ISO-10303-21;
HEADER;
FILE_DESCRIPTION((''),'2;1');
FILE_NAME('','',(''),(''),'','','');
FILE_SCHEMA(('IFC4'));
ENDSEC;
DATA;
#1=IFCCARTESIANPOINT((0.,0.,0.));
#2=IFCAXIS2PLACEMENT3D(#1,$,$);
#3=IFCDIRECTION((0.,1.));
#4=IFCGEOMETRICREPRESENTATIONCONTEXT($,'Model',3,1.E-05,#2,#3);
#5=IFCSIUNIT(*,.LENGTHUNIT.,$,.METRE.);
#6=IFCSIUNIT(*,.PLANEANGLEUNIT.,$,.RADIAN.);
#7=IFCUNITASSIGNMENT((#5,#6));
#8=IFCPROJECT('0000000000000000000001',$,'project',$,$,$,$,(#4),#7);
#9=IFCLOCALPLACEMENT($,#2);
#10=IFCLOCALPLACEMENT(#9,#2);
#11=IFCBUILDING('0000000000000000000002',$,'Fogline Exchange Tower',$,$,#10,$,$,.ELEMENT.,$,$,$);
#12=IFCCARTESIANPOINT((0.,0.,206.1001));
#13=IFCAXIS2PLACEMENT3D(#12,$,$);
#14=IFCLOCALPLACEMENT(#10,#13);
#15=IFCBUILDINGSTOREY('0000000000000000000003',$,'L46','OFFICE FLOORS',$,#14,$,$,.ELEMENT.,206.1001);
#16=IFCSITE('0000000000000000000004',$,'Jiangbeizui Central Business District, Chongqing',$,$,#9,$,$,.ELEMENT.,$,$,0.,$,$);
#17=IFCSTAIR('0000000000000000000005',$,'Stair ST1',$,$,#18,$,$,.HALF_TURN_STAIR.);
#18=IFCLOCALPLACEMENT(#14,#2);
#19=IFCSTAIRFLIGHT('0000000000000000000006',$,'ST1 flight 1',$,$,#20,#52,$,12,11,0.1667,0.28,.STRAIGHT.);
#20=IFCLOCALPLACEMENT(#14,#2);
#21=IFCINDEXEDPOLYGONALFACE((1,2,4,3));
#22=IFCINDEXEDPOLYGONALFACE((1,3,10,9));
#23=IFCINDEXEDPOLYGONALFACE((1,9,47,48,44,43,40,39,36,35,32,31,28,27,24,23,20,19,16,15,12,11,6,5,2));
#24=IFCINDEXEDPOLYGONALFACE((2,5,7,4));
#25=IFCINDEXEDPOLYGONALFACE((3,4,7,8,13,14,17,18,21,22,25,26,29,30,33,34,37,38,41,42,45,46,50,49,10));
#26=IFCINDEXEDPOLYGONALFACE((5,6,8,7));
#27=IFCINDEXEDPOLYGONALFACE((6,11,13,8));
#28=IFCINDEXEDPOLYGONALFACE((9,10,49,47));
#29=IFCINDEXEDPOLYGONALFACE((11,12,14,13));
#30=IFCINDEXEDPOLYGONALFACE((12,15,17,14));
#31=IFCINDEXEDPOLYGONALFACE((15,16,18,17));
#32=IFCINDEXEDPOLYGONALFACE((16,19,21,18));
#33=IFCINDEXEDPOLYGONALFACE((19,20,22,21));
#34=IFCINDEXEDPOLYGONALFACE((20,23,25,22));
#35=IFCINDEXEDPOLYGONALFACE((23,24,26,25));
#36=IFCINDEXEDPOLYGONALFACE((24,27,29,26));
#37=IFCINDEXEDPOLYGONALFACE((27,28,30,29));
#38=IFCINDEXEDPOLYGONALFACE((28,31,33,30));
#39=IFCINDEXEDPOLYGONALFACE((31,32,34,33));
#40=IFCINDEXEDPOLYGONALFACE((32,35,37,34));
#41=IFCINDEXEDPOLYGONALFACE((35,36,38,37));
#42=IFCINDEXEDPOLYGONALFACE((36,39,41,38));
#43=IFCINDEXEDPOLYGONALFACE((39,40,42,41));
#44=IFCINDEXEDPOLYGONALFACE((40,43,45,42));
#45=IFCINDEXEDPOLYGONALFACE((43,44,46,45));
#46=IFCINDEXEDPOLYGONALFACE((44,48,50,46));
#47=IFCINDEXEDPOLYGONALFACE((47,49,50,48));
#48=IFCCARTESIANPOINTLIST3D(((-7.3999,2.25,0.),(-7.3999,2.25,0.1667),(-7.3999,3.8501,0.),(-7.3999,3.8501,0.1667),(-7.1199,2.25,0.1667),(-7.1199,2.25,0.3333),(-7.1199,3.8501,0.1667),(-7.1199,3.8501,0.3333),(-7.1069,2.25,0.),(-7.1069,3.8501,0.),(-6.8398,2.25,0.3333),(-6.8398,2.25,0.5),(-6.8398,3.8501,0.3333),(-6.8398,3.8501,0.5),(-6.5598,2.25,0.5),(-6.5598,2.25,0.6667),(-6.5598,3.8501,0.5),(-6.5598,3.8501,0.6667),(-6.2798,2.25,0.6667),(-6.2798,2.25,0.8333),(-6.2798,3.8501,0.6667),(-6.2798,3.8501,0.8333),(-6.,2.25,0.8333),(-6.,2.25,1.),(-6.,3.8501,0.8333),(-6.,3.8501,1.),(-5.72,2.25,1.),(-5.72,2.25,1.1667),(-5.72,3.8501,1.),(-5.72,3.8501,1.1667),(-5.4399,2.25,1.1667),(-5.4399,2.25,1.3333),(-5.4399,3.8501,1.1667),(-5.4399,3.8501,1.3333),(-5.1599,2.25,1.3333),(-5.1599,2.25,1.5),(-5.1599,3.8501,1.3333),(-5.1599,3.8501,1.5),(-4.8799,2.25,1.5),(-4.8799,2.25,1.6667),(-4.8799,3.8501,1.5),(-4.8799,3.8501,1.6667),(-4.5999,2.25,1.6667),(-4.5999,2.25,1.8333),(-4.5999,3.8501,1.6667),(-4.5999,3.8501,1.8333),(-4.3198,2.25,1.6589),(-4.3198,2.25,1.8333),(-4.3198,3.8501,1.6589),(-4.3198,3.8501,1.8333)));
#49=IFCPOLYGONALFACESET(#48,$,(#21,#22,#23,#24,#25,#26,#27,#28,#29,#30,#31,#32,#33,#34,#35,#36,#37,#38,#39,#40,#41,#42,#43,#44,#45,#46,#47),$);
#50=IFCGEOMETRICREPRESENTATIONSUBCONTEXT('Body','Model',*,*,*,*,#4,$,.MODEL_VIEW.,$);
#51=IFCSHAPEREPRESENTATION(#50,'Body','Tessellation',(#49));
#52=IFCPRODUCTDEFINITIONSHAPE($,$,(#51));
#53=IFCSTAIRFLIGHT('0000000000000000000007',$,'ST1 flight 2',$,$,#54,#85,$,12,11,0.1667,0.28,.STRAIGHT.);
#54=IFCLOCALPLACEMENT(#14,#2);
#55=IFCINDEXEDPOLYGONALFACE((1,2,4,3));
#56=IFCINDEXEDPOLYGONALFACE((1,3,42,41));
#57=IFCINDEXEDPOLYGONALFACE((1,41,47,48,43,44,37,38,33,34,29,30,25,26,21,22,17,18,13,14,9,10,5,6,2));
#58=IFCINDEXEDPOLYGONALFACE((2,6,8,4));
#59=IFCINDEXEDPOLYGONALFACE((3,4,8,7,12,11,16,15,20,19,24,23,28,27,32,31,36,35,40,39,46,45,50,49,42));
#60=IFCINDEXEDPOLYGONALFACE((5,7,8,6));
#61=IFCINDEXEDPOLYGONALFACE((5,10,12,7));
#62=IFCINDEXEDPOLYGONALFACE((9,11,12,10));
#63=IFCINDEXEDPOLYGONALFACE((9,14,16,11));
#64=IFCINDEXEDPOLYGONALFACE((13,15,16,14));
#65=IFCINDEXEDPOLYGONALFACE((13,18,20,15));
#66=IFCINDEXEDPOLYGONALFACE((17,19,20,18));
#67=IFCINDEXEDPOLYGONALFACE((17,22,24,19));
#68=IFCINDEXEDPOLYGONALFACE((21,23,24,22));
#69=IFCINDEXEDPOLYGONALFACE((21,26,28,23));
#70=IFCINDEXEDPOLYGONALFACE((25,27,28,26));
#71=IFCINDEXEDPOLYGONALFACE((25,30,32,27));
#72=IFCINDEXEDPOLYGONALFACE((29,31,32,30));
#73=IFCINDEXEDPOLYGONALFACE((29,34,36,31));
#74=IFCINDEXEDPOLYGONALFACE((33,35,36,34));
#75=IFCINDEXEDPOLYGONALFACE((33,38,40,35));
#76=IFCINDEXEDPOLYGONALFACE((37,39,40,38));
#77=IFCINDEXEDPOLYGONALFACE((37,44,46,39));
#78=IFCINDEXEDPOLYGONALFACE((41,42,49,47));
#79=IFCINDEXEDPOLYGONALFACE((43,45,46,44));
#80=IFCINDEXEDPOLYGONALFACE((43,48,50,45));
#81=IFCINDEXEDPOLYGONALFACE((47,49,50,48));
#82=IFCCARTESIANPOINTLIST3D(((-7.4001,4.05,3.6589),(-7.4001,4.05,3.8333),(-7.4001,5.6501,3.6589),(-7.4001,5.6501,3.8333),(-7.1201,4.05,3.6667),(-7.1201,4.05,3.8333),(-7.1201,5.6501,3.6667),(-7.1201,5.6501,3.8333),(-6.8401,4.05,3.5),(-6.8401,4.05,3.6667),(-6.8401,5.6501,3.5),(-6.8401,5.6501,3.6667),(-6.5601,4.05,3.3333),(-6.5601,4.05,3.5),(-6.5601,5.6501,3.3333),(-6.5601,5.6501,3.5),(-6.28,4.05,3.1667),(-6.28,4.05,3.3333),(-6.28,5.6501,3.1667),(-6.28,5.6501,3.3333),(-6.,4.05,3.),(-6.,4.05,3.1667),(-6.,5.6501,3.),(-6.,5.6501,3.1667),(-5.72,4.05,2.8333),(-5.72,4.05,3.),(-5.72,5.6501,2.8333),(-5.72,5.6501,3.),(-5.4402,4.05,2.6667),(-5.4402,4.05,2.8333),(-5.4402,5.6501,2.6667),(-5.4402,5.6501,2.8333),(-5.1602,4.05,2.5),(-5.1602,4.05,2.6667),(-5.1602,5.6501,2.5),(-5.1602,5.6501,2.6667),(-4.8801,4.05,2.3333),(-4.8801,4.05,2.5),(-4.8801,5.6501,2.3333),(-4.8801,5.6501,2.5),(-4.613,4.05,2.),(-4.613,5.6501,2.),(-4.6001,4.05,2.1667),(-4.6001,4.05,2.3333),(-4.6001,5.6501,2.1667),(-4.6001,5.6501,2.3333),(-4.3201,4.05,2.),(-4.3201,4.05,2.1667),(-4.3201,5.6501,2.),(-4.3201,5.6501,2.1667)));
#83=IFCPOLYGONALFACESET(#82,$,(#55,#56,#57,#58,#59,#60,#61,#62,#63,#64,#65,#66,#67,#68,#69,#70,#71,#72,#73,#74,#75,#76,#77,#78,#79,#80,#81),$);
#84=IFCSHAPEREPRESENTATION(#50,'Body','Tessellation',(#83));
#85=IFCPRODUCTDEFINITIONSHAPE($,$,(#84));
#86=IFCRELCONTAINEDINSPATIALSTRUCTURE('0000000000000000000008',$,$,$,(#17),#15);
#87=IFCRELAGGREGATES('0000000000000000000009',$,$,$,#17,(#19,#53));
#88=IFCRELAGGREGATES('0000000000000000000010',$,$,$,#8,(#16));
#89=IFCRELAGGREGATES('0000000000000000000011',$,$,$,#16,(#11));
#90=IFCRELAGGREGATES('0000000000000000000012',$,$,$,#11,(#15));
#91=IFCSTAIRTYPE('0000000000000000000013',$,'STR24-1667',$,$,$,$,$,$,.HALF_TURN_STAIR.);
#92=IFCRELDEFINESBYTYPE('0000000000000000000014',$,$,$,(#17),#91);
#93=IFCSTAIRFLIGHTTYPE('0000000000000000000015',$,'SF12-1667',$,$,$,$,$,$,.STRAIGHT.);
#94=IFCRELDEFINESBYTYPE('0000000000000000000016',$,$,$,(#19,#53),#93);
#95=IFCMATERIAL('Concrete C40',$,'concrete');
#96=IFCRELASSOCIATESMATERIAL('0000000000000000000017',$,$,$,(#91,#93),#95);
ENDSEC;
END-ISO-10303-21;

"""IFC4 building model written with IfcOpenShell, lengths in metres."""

from ifc_helpers import new_model, si_unit, direction, frame, origin, place, context, subcontext, project, spatial, polyline, outline, extrude, material, type_object, element, aggregate, save


model = new_model("IFC4")

# Units and contexts
model_context = context("Model", 3, precision=1e-05, world=origin(), true_north=direction((0.0, 1.0)))
body_context = subcontext(model_context, "Body", "Model", "MODEL_VIEW")
ifc_project = project(units=[si_unit("LENGTHUNIT", "METRE"), si_unit("PLANEANGLEUNIT", "RADIAN")], contexts=[model_context])

# Site, building, storey
site_placement = place(None, origin())
site = spatial("IfcSite", under=ifc_project, at=site_placement, Name="Jiangbeizui Central Business District, Chongqing", CompositionType="ELEMENT", RefElevation=0.0)
building_placement = place(site_placement, origin())
building = spatial("IfcBuilding", under=site, at=building_placement, Name="Fogline Exchange Tower", CompositionType="ELEMENT")
storey_placement = place(building_placement, frame((0.0, 0.0, 206.1001)))
storey = spatial("IfcBuildingStorey", under=building, at=storey_placement, Name="L46", Description="OFFICE FLOORS", CompositionType="ELEMENT", Elevation=206.1001)

# Shared definitions
ifc_material_1 = material(Name="Concrete C40", Category="concrete")

# Stair, stair flights
stair_type = type_object("IfcStairType", Name="STR24-1667", PredefinedType="HALF_TURN_STAIR", material=ifc_material_1)
stair_placement = place(storey_placement, origin())
stair = element("IfcStair", 1, at=stair_placement, inside=storey, type_object=stair_type, Name="Stair ST1", PredefinedType="HALF_TURN_STAIR")
stair_flight_type = type_object("IfcStairFlightType", Name="SF12-1667", PredefinedType="STRAIGHT", material=ifc_material_1)
stair_flight_1_placement = place(storey_placement, frame((-7.3999, 3.05, 0.0), z_axis=(0.0, 0.0, 1.0), x_axis=(1.0, 0.0, 0.0)))
stair_flight_1 = element("IfcStairFlight", 2, at=stair_flight_1_placement, type_object=stair_flight_type, Name="ST1 flight 1", NumberOfRisers=12, NumberOfTreads=11, PredefinedType="STRAIGHT", RiserHeight=0.1667, TreadLength=0.28, context=body_context, shape_type="SweptSolid", body=[
    extrude(outline(polyline([(0.0, 0.0), (0.0, 0.1667), (0.28, 0.1667), (0.28, 0.3333), (0.5601, 0.3333), (0.5601, 0.5), (0.8401, 0.5), (0.8401, 0.6667), (1.1201, 0.6667), (1.1201, 0.8333), (1.3999, 0.8333), (1.3999, 1.0), (1.6799, 1.0), (1.6799, 1.1667), (1.96, 1.1667), (1.96, 1.3333), (2.24, 1.3333), (2.24, 1.5), (2.52, 1.5), (2.52, 1.6667), (2.8, 1.6667), (2.8, 1.8333), (3.0801, 1.8333), (3.0801, 2.0), (3.0801, 1.6589), (0.293, 0.0), (0.0, 0.0)])), frame((0.0, 0.8, 0.0), z_axis=(0.0, -1.0, 0.0), x_axis=(1.0, 0.0, 0.0)), (0.0, 0.0, 1.0), 1.6001),
])
stair_flight_2_placement = place(storey_placement, frame((-4.3201, 4.8501, 2.0), z_axis=(0.0, 0.0, 1.0), x_axis=(-1.0, 0.0, 0.0)))
stair_flight_2 = element("IfcStairFlight", 3, at=stair_flight_2_placement, type_object=stair_flight_type, Name="ST1 flight 2", NumberOfRisers=12, NumberOfTreads=11, PredefinedType="STRAIGHT", RiserHeight=0.1667, TreadLength=0.28, context=body_context, shape_type="SweptSolid", body=[
    extrude(outline(polyline([(0.0, 0.0), (0.0, 0.1667), (0.28, 0.1667), (0.28, 0.3333), (0.5601, 0.3333), (0.5601, 0.5), (0.8401, 0.5), (0.8401, 0.6667), (1.1201, 0.6667), (1.1201, 0.8333), (1.3999, 0.8333), (1.3999, 1.0), (1.6799, 1.0), (1.6799, 1.1667), (1.96, 1.1667), (1.96, 1.3333), (2.24, 1.3333), (2.24, 1.5), (2.52, 1.5), (2.52, 1.6667), (2.8, 1.6667), (2.8, 1.8333), (3.0801, 1.8333), (3.0801, 2.0), (3.0801, 1.6589), (0.293, 0.0), (0.0, 0.0)])), frame((0.0, 0.8, 0.0), z_axis=(0.0, -1.0, 0.0), x_axis=(1.0, 0.0, 0.0)), (0.0, 0.0, 1.0), 1.6001),
])
aggregate(stair, [stair_flight_1, stair_flight_2])

save(model, "model.ifc")
